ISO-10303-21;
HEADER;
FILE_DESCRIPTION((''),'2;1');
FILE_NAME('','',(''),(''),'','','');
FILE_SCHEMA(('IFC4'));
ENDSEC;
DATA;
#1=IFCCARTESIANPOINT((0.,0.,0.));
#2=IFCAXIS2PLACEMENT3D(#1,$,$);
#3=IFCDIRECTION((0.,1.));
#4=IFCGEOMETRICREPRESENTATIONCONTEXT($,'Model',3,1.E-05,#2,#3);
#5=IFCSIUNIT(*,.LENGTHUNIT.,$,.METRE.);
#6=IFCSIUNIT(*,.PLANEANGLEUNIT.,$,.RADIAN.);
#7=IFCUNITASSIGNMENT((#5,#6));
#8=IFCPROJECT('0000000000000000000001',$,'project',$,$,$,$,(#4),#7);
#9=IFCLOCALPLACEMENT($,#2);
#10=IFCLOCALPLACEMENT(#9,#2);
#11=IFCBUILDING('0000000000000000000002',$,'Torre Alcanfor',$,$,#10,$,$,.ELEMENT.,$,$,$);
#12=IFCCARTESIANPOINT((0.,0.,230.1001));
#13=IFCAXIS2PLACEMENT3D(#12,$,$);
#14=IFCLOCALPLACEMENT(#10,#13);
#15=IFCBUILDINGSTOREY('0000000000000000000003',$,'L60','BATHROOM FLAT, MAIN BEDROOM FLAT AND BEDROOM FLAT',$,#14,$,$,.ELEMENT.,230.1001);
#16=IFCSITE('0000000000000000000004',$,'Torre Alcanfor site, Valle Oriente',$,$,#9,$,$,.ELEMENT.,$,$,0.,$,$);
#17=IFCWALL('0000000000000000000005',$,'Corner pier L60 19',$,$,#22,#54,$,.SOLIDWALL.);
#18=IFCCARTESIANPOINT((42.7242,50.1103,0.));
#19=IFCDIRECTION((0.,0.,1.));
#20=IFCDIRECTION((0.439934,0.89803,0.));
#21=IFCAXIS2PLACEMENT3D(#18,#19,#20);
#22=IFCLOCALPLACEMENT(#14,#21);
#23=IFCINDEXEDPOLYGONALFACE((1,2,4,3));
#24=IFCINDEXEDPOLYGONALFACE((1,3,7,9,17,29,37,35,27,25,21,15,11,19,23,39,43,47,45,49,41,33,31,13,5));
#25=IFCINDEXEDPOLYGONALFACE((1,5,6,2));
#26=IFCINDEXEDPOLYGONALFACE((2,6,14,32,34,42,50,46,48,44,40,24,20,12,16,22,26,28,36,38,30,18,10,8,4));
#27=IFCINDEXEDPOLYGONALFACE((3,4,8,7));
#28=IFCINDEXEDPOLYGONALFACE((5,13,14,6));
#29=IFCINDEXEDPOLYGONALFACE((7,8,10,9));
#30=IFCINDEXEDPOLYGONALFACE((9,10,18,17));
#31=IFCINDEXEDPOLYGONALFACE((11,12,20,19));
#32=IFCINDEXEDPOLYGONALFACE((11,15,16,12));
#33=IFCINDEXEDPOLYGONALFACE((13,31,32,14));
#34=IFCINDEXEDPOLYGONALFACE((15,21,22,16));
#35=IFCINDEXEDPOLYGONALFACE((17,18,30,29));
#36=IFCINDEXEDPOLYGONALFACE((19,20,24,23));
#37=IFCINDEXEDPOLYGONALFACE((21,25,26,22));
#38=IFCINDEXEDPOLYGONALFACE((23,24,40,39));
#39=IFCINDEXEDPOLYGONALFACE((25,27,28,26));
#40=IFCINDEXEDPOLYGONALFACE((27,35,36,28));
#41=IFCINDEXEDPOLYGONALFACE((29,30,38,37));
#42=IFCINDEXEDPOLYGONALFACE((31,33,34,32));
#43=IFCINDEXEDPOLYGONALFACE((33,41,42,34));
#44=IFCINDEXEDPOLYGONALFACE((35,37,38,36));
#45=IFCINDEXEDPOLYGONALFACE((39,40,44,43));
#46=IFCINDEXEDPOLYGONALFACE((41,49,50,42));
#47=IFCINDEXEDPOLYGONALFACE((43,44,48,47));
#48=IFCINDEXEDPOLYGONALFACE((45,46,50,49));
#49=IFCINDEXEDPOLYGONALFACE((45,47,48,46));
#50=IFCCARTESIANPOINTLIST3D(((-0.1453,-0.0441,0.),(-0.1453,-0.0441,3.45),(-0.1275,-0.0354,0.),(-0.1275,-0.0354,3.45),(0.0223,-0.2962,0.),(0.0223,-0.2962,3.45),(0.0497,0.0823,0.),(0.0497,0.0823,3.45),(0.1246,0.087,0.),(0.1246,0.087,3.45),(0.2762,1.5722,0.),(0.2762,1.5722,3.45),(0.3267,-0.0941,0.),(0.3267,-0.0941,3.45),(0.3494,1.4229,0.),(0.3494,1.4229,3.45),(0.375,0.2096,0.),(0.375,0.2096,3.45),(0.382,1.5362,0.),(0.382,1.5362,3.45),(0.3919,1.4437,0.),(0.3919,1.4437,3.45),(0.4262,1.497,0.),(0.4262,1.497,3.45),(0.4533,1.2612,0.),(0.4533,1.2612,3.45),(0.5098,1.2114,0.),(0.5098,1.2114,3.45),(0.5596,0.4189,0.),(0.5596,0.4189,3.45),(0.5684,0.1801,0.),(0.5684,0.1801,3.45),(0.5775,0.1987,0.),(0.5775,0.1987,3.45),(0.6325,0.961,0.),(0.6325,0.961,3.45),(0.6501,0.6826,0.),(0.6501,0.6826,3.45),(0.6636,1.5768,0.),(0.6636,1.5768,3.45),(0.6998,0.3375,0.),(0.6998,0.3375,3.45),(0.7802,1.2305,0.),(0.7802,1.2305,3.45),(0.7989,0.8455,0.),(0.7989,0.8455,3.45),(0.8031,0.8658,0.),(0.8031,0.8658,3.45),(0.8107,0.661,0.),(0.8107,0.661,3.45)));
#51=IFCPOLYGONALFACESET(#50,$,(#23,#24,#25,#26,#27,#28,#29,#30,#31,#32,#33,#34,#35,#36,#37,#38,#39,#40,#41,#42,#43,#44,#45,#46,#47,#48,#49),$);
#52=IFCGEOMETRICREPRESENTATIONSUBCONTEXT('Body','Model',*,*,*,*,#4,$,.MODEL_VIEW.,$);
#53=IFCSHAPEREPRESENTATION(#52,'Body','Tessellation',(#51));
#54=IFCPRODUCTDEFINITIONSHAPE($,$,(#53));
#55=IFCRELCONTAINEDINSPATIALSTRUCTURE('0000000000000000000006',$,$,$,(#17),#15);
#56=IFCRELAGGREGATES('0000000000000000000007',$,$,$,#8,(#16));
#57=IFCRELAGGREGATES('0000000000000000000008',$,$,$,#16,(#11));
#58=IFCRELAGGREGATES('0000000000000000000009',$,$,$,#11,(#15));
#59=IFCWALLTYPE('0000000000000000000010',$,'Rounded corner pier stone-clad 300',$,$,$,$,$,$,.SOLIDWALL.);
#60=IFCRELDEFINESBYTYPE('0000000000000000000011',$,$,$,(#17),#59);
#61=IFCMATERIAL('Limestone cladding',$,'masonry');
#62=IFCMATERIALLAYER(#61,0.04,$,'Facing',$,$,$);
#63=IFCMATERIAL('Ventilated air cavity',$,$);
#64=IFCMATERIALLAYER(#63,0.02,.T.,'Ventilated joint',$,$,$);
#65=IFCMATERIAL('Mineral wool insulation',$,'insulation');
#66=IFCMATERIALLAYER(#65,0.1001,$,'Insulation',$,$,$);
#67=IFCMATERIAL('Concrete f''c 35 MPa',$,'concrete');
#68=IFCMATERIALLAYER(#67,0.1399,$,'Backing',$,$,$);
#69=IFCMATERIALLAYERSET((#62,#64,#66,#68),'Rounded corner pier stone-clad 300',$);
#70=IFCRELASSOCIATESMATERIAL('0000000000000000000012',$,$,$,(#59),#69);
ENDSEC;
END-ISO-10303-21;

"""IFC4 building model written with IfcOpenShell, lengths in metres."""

from ifc_helpers import new_model, si_unit, direction, frame, origin, place, context, subcontext, project, spatial, polyline, outline, extrude, material, layer, layer_set, type_object, element, save


model = new_model("IFC4")

# Units and contexts
model_context = context("Model", 3, precision=1e-05, world=origin(), true_north=direction((0.0, 1.0)))
body_context = subcontext(model_context, "Body", "Model", "MODEL_VIEW")
ifc_project = project(units=[si_unit("LENGTHUNIT", "METRE"), si_unit("PLANEANGLEUNIT", "RADIAN")], contexts=[model_context])

# Site, building, storey
site_placement = place(None, origin())
site = spatial("IfcSite", under=ifc_project, at=site_placement, Name="Torre Alcanfor site, Valle Oriente", CompositionType="ELEMENT", RefElevation=0.0)
building_placement = place(site_placement, origin())
building = spatial("IfcBuilding", under=site, at=building_placement, Name="Torre Alcanfor", CompositionType="ELEMENT")
storey_placement = place(building_placement, frame((0.0, 0.0, 230.1001)))
storey = spatial("IfcBuildingStorey", under=building, at=storey_placement, Name="L60", Description="BATHROOM FLAT, MAIN BEDROOM FLAT AND BEDROOM FLAT", CompositionType="ELEMENT", Elevation=230.1001)

# Shared definitions
ifc_material_1 = material(Name="Limestone cladding", Category="masonry")
ifc_material_2 = material(Name="Ventilated air cavity")
ifc_material_3 = material(Name="Mineral wool insulation", Category="insulation")
ifc_material_4 = material(Name="Concrete f'c 35 MPa", Category="concrete")

# Wall
ifc_layer_1 = layer(ifc_material_1, 0.04, Name="Facing")
ifc_layer_2 = layer(ifc_material_2, 0.02, ventilated=True, Name="Ventilated joint")
ifc_layer_3 = layer(ifc_material_3, 0.1001, Name="Insulation")
ifc_layer_4 = layer(ifc_material_4, 0.1399, Name="Backing")
ifc_layer_set_1 = layer_set([ifc_layer_1, ifc_layer_2, ifc_layer_3, ifc_layer_4], Name="Rounded corner pier stone-clad 300")
wall_type_1 = type_object("IfcWallType", Name="Rounded corner pier stone-clad 300", PredefinedType="SOLIDWALL", material=ifc_layer_set_1)
wall_1_placement = place(storey_placement, frame((42.7242, 50.1103, 0.0), z_axis=(0.0, 0.0, 1.0), x_axis=(0.439934, 0.89803, 0.0)))
element("IfcWall", 1, at=wall_1_placement, inside=storey, type_object=wall_type_1, Name="Corner pier L60 19", PredefinedType="SOLIDWALL", context=body_context, shape_type="SweptSolid", body=[
    extrude(outline(polyline([(-0.1453, -0.0441), (0.0223, -0.2962), (0.3267, -0.0941), (0.5684, 0.1801), (0.5775, 0.1987), (0.6998, 0.3375), (0.8107, 0.661), (0.7989, 0.8455), (0.8031, 0.8658), (0.7802, 1.2305), (0.6636, 1.5768), (0.4262, 1.497), (0.382, 1.5362), (0.2762, 1.5722), (0.3494, 1.4229), (0.3919, 1.4437), (0.4533, 1.2612), (0.5098, 1.2114), (0.6325, 0.961), (0.6501, 0.6826), (0.5596, 0.4189), (0.375, 0.2096), (0.1246, 0.087), (0.0497, 0.0823), (-0.1275, -0.0354), (-0.1453, -0.0441)])), origin(), (0.0, 0.0, 1.0), 3.45),
])

save(model, "model.ifc")
